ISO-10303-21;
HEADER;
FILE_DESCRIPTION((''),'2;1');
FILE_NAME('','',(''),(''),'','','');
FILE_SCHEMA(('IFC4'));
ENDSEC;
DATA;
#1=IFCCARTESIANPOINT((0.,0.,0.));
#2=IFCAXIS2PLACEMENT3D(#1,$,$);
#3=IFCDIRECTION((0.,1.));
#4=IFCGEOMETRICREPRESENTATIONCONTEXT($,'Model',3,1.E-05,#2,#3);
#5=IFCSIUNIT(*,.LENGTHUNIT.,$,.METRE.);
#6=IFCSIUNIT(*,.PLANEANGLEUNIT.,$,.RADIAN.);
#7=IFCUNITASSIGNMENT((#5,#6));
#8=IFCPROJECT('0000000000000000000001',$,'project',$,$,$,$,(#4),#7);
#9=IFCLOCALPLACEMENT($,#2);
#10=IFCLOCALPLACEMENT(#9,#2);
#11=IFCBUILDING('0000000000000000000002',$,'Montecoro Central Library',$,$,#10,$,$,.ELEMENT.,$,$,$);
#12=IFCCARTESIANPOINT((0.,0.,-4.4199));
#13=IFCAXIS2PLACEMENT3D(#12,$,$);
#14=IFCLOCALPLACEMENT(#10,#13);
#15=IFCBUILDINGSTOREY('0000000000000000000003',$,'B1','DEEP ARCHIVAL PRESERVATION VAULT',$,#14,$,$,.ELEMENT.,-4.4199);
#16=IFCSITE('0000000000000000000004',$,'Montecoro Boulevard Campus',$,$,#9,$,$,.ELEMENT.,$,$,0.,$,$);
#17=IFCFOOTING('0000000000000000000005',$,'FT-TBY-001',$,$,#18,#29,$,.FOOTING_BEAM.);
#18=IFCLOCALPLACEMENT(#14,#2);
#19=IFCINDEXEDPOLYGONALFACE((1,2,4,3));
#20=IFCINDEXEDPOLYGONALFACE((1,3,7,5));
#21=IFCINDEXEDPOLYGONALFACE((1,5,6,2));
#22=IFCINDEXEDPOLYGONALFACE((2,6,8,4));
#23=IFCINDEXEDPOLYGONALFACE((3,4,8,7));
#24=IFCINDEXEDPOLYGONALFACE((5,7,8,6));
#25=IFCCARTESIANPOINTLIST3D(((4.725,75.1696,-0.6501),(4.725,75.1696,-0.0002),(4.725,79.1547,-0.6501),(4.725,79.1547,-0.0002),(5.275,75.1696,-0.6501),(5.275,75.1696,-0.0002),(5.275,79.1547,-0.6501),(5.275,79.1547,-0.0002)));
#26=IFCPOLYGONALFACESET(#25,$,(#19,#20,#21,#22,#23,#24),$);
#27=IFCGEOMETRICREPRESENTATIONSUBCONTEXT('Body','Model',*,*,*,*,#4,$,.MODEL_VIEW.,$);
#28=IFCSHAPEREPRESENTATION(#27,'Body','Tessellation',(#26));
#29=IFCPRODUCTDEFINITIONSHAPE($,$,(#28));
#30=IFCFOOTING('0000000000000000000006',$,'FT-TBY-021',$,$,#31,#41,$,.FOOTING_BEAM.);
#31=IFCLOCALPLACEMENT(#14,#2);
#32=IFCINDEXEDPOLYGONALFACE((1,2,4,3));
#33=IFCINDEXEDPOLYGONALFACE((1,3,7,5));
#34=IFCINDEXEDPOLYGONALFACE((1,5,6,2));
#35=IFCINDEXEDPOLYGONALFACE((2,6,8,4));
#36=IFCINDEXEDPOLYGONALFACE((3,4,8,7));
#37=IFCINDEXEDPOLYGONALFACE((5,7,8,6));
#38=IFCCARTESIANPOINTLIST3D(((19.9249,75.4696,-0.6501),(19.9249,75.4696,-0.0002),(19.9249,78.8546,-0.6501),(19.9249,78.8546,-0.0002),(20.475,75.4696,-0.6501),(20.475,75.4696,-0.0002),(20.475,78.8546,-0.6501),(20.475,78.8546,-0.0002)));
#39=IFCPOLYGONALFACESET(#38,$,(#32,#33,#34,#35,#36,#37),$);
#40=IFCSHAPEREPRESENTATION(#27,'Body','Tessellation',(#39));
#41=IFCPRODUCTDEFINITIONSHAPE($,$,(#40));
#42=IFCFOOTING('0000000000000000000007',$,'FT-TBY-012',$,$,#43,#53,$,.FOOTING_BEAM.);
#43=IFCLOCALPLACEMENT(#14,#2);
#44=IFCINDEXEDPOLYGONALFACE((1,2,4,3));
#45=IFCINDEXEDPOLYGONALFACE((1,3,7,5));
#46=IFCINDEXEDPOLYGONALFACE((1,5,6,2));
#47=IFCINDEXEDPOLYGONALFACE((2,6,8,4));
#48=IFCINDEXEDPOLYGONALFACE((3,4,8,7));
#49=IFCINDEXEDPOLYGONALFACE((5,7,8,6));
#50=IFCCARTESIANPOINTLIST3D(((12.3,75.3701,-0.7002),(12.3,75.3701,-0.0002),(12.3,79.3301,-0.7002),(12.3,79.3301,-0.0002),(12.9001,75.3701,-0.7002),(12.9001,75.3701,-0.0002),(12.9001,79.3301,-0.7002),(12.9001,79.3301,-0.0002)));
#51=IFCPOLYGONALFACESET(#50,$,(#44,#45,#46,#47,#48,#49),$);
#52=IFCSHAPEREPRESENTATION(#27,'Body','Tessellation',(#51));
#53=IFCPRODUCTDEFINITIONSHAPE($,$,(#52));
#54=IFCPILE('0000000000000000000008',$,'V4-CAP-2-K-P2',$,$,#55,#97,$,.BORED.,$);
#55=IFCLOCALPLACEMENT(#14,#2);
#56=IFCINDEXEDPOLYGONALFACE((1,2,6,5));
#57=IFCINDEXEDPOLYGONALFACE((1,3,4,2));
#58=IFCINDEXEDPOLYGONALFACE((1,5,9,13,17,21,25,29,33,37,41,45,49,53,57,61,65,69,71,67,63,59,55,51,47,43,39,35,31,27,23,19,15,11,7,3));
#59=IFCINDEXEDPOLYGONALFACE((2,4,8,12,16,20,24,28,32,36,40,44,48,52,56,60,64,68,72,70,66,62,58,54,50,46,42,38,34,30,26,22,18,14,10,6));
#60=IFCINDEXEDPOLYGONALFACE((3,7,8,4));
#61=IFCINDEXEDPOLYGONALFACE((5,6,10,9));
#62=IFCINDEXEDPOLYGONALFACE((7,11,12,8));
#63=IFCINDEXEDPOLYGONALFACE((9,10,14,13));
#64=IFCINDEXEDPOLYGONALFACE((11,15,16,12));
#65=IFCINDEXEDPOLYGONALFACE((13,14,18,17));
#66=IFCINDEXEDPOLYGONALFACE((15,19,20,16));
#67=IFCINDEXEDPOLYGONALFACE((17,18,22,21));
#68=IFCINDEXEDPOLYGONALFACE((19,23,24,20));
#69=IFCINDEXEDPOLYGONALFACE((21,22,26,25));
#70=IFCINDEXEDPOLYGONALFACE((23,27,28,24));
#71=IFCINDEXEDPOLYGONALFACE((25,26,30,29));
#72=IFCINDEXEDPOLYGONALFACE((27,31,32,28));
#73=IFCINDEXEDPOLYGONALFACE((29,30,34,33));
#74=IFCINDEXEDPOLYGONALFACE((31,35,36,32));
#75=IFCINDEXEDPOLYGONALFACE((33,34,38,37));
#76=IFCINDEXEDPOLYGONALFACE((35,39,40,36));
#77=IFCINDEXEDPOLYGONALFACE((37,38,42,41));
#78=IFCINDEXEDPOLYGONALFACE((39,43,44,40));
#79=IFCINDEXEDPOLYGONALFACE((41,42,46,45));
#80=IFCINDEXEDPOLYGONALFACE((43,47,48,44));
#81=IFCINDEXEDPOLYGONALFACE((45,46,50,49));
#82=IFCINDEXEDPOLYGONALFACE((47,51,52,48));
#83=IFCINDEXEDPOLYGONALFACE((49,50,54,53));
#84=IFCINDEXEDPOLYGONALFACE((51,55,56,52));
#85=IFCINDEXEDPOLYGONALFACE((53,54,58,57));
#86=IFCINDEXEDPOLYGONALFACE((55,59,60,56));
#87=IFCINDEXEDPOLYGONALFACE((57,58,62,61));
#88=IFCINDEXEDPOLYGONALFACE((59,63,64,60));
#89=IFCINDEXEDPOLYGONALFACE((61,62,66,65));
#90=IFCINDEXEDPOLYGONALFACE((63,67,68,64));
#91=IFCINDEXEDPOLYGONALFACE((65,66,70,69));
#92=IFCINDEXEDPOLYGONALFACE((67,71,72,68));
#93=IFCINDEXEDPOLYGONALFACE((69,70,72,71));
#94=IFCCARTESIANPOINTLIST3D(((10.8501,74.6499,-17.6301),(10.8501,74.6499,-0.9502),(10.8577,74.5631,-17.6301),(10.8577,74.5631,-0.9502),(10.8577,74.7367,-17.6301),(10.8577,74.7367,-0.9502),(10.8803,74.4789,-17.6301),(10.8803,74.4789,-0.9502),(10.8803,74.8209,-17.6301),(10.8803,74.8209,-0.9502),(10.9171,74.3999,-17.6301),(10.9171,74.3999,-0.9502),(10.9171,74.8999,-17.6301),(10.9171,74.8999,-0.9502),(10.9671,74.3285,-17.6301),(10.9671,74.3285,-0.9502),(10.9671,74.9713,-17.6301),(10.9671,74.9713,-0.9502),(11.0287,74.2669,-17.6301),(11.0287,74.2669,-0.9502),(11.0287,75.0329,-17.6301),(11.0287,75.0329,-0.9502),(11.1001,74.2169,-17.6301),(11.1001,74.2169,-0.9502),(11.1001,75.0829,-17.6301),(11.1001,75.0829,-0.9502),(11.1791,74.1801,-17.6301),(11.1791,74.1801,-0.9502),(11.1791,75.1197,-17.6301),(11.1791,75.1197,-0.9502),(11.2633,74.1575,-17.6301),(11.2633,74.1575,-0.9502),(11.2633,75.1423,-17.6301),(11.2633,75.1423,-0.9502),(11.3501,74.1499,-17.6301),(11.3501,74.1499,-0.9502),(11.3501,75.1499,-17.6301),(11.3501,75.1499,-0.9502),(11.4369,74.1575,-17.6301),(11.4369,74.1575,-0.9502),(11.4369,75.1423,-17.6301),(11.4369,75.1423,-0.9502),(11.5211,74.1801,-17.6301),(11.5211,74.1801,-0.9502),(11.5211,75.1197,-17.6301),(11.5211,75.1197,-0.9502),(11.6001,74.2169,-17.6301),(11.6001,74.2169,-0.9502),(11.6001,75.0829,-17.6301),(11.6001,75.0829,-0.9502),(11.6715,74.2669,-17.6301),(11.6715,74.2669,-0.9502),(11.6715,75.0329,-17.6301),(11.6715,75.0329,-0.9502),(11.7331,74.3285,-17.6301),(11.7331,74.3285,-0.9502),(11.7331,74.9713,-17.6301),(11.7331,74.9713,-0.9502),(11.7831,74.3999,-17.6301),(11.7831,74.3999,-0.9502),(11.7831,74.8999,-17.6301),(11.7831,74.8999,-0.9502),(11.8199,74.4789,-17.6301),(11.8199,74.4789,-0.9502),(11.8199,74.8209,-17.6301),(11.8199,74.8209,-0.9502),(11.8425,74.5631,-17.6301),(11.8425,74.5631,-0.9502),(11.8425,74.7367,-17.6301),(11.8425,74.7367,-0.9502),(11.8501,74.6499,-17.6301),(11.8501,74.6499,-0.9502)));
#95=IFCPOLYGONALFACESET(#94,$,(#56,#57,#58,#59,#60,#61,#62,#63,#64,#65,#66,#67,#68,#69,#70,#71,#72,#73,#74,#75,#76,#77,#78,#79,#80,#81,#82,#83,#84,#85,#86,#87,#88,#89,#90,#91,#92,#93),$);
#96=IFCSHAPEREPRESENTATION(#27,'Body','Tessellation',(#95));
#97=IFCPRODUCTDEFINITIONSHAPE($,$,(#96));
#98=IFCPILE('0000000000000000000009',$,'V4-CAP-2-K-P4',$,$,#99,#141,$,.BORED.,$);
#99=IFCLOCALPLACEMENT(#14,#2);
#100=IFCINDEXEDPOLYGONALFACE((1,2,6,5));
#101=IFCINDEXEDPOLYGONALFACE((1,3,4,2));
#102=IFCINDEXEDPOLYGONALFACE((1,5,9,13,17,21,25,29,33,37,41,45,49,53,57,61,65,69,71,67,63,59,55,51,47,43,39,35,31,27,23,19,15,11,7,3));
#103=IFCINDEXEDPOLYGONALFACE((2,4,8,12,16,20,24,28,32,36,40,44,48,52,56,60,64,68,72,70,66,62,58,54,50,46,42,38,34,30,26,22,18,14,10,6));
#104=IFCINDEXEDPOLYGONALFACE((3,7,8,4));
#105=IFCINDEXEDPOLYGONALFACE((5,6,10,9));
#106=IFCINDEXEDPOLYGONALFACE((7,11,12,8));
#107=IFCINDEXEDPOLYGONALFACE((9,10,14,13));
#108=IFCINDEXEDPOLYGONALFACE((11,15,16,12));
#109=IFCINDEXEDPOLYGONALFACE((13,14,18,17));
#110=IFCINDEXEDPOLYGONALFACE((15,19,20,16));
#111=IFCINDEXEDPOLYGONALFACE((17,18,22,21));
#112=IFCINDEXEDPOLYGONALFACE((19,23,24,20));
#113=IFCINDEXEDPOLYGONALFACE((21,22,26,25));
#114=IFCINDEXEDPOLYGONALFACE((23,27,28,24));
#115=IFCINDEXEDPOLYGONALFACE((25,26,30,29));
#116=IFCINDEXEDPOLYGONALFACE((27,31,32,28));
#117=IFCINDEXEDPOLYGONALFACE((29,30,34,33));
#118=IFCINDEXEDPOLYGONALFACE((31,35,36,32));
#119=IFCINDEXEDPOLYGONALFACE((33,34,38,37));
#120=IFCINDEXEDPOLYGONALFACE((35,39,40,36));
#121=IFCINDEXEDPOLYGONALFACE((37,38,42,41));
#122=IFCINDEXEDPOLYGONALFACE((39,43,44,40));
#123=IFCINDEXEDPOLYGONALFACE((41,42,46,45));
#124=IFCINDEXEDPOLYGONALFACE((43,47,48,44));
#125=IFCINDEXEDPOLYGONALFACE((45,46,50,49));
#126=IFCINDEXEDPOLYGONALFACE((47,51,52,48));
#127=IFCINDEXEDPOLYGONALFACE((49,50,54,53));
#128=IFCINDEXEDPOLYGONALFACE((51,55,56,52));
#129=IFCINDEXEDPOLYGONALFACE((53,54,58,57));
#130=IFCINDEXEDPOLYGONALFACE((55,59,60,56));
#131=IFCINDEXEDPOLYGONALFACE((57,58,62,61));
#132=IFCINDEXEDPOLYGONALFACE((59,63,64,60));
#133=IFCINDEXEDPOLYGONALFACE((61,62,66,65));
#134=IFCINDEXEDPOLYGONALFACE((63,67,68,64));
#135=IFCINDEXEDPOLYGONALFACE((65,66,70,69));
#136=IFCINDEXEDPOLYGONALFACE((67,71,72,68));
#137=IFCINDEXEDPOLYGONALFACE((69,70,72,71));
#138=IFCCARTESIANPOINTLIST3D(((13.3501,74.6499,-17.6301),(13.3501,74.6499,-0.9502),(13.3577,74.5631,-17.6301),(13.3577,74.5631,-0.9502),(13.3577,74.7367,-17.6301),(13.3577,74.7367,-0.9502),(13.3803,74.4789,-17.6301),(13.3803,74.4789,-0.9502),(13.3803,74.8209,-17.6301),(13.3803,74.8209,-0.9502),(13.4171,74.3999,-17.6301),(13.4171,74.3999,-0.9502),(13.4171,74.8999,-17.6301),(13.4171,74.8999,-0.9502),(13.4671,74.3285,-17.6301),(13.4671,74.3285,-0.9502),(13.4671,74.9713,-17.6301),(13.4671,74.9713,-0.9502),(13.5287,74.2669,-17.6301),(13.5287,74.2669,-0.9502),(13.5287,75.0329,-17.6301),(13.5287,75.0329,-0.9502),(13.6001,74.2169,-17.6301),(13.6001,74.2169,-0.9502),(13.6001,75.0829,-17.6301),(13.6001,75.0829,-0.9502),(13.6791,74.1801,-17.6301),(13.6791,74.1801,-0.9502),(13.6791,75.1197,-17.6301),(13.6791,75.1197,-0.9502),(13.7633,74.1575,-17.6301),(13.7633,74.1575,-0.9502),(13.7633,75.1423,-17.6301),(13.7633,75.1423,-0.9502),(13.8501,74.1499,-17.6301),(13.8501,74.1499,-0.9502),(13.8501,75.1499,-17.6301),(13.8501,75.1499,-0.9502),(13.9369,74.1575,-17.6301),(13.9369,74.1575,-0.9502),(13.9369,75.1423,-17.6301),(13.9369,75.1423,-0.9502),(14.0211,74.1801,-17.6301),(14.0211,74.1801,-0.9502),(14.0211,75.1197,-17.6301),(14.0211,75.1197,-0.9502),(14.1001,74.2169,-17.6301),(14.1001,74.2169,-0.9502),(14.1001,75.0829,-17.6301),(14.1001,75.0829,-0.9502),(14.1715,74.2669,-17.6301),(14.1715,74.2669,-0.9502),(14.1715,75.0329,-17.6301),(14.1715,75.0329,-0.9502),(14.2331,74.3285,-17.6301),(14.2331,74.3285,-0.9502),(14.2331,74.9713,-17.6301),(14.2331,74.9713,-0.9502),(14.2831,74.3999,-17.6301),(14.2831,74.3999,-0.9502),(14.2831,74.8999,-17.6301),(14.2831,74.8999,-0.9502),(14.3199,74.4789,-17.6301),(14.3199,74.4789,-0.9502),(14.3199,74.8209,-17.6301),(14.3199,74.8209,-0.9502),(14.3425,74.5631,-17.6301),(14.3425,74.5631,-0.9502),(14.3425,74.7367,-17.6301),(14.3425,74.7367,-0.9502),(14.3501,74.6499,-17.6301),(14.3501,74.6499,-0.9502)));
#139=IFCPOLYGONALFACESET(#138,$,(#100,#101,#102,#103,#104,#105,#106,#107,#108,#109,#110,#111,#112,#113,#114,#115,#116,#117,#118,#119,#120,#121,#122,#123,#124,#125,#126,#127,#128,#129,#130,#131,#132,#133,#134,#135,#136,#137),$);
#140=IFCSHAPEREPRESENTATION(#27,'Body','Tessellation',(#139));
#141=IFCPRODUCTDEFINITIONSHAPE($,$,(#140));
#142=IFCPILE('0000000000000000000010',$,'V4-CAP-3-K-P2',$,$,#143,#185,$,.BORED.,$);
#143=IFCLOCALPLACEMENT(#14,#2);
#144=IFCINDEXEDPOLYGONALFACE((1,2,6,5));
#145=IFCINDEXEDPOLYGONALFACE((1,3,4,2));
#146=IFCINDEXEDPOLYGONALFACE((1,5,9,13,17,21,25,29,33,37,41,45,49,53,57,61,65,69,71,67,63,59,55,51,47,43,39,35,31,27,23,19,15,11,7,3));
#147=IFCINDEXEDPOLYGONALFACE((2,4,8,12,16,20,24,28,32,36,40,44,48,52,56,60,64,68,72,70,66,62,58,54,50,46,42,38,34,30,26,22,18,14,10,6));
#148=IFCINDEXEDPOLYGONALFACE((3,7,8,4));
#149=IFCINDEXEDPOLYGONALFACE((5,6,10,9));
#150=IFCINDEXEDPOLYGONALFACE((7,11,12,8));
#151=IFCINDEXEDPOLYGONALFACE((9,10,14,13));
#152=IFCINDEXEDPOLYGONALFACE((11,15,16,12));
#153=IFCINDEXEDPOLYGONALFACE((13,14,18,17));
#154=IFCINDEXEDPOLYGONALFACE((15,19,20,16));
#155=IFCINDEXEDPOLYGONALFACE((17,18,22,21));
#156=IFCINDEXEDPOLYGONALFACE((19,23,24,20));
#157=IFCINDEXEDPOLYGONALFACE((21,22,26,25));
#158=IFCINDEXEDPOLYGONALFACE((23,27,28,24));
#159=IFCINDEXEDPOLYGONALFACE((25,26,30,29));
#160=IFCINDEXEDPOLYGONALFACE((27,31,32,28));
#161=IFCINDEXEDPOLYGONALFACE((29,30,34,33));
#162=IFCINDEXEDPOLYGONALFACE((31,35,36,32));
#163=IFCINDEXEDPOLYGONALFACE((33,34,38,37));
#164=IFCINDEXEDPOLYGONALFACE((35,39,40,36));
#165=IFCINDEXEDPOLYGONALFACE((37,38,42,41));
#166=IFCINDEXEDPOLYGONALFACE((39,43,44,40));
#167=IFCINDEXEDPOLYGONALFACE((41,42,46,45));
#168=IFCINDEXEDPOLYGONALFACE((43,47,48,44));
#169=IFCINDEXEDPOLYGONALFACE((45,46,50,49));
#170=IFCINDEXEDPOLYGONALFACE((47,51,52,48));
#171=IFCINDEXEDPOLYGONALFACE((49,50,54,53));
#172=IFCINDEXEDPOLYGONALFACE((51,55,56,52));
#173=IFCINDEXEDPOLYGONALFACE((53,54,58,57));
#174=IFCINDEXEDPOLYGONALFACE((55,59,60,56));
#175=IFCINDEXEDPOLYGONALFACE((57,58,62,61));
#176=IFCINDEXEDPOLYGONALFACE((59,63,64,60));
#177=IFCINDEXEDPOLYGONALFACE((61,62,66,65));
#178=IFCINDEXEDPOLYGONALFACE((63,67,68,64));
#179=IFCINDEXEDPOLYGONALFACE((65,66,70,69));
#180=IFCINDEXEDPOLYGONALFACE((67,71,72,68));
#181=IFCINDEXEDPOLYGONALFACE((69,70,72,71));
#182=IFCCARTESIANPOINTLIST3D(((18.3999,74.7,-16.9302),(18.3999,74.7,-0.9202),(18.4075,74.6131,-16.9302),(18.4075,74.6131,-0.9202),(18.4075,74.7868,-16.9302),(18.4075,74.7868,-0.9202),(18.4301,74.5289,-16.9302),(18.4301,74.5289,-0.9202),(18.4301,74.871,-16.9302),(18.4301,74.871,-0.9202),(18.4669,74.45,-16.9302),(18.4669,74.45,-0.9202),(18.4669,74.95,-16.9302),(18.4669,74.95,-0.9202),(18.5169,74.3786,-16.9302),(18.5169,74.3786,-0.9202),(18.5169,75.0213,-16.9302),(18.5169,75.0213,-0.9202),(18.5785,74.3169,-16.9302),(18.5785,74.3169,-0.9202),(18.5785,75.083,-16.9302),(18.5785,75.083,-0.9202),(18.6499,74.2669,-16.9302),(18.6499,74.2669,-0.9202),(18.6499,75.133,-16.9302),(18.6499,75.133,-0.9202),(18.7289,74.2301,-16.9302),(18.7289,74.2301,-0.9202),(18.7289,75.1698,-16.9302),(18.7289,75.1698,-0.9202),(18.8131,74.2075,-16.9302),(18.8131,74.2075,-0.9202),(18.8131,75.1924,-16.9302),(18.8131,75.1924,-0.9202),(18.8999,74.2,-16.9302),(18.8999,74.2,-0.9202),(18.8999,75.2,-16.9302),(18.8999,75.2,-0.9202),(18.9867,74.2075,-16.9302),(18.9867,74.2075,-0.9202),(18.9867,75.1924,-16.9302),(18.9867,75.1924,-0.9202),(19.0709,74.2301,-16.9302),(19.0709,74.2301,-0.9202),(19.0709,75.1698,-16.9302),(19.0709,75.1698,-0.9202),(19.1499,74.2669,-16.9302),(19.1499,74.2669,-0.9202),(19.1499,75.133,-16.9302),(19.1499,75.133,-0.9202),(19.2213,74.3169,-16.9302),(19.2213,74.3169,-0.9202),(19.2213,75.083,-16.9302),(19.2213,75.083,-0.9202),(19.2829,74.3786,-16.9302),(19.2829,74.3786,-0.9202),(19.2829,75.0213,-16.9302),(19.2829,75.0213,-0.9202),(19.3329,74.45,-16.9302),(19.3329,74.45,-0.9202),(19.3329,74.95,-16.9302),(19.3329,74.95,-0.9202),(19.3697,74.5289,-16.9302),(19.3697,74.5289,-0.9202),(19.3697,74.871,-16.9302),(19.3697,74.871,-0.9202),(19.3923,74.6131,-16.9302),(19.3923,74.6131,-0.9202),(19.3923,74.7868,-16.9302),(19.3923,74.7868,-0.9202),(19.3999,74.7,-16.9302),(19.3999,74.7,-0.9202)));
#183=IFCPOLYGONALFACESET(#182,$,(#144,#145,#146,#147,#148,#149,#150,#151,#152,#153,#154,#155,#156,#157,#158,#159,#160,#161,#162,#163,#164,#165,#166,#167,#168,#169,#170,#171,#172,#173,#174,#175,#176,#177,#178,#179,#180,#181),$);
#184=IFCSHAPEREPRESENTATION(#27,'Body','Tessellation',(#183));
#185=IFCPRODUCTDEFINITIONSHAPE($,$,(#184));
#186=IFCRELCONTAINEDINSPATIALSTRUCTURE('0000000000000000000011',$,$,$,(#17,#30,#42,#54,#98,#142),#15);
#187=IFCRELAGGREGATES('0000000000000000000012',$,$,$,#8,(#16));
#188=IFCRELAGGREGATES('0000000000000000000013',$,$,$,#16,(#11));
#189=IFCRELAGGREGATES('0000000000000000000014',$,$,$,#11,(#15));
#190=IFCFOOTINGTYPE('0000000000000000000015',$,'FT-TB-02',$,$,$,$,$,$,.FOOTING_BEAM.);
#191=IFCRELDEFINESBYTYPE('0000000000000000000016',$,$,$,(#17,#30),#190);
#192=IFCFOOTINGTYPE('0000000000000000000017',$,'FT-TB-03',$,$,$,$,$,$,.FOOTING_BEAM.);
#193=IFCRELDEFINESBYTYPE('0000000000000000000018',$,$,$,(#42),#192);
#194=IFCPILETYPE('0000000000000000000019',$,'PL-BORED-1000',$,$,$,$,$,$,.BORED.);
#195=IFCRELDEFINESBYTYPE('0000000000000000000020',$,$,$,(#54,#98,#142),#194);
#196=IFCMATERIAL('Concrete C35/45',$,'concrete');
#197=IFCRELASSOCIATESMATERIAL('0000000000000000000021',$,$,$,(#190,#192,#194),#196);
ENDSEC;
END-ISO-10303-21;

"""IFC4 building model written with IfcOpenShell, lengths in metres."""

from ifc_helpers import new_model, si_unit, direction, frame, origin, origin_2d, place, context, subcontext, project, spatial, rectangle, circle, extrude, material, material_profile, profile_set, type_object, element, save


model = new_model("IFC4")

# Units and contexts
model_context = context("Model", 3, precision=1e-05, world=origin(), true_north=direction((0.0, 1.0)))
body_context = subcontext(model_context, "Body", "Model", "MODEL_VIEW")
ifc_project = project(units=[si_unit("LENGTHUNIT", "METRE"), si_unit("PLANEANGLEUNIT", "RADIAN")], contexts=[model_context])

# Site, building, storey
site_placement = place(None, origin())
site = spatial("IfcSite", under=ifc_project, at=site_placement, Name="Montecoro Boulevard Campus", CompositionType="ELEMENT", RefElevation=0.0)
building_placement = place(site_placement, origin())
building = spatial("IfcBuilding", under=site, at=building_placement, Name="Montecoro Central Library", CompositionType="ELEMENT")
storey_placement = place(building_placement, frame((0.0, 0.0, -4.4199)))
storey = spatial("IfcBuildingStorey", under=building, at=storey_placement, Name="B1", Description="DEEP ARCHIVAL PRESERVATION VAULT", CompositionType="ELEMENT", Elevation=-4.4199)

# Footings
ifc_material_1 = material(Name="Concrete C35/45", Category="concrete")
footing_type_1 = type_object("IfcFootingType", Name="FT-TB-02", PredefinedType="FOOTING_BEAM", material=ifc_material_1)
footing_1_placement = place(storey_placement, frame((5.0, 77.1621, -0.6501), z_axis=(0.0, 0.0, 1.0), x_axis=(1.0, 0.0, 0.0)))
element("IfcFooting", 1, at=footing_1_placement, inside=storey, type_object=footing_type_1, Name="FT-TBY-001", PredefinedType="FOOTING_BEAM", context=body_context, shape_type="SweptSolid", body=[
    extrude(rectangle(XDim=0.55, YDim=3.9851, at=origin_2d()), origin(), (0.0, 0.0, 1.0), 0.6499),
])
footing_2_placement = place(storey_placement, frame((20.2, 77.1621, -0.6501), z_axis=(0.0, 0.0, 1.0), x_axis=(1.0, 0.0, 0.0)))
element("IfcFooting", 2, at=footing_2_placement, inside=storey, type_object=footing_type_1, Name="FT-TBY-021", PredefinedType="FOOTING_BEAM", context=body_context, shape_type="SweptSolid", body=[
    extrude(rectangle(XDim=0.55, YDim=3.385, at=origin_2d()), origin(), (0.0, 0.0, 1.0), 0.6499),
])
footing_type_2 = type_object("IfcFootingType", Name="FT-TB-03", PredefinedType="FOOTING_BEAM", material=ifc_material_1)
footing_3_placement = place(storey_placement, frame((12.6001, 77.3501, -0.7002), z_axis=(0.0, 0.0, 1.0), x_axis=(1.0, 0.0, 0.0)))
element("IfcFooting", 3, at=footing_3_placement, inside=storey, type_object=footing_type_2, Name="FT-TBY-012", PredefinedType="FOOTING_BEAM", context=body_context, shape_type="SweptSolid", body=[
    extrude(rectangle(XDim=0.6001, YDim=3.96, at=origin_2d()), origin(), (0.0, 0.0, 1.0), 0.7),
])

# Piles
ifc_material_profile_1 = material_profile(ifc_material_1, circle(Radius=0.5, at=origin_2d()), Name="PILE D1000")
ifc_profile_set_1 = profile_set([ifc_material_profile_1], Name="Concrete C35/45")
pile_type_1 = type_object("IfcPileType", Name="PL-BORED-1000", PredefinedType="BORED", material=ifc_profile_set_1)
for number, where, z_axis, x_axis, name in (
    (4, (11.3501, 74.6499, -0.9502), (0.0, 0.0, -1.0), (1.0, 0.0, 0.0), "V4-CAP-2-K-P2"),
    (5, (13.8501, 74.6499, -0.9502), (0.0, 0.0, -1.0), (1.0, 0.0, 0.0), "V4-CAP-2-K-P4"),
):
    element("IfcPile", number, at=place(storey_placement, frame(where, z_axis=z_axis, x_axis=x_axis)), inside=storey, type_object=pile_type_1, Name=name, PredefinedType="BORED", context=body_context, shape_type="SweptSolid", body=[
        extrude(circle(Radius=0.5, at=origin_2d()), origin(), (0.0, 0.0, 1.0), 16.6799),
    ])
for number, where, z_axis, x_axis, name in (
    (6, (18.8999, 74.7, -0.9202), (0.0, 0.0, -1.0), (1.0, 0.0, 0.0), "V4-CAP-3-K-P2"),
):
    element("IfcPile", number, at=place(storey_placement, frame(where, z_axis=z_axis, x_axis=x_axis)), inside=storey, type_object=pile_type_1, Name=name, PredefinedType="BORED", context=body_context, shape_type="SweptSolid", body=[
        extrude(circle(Radius=0.5, at=origin_2d()), origin(), (0.0, 0.0, 1.0), 16.01),
    ])

save(model, "model.ifc")
